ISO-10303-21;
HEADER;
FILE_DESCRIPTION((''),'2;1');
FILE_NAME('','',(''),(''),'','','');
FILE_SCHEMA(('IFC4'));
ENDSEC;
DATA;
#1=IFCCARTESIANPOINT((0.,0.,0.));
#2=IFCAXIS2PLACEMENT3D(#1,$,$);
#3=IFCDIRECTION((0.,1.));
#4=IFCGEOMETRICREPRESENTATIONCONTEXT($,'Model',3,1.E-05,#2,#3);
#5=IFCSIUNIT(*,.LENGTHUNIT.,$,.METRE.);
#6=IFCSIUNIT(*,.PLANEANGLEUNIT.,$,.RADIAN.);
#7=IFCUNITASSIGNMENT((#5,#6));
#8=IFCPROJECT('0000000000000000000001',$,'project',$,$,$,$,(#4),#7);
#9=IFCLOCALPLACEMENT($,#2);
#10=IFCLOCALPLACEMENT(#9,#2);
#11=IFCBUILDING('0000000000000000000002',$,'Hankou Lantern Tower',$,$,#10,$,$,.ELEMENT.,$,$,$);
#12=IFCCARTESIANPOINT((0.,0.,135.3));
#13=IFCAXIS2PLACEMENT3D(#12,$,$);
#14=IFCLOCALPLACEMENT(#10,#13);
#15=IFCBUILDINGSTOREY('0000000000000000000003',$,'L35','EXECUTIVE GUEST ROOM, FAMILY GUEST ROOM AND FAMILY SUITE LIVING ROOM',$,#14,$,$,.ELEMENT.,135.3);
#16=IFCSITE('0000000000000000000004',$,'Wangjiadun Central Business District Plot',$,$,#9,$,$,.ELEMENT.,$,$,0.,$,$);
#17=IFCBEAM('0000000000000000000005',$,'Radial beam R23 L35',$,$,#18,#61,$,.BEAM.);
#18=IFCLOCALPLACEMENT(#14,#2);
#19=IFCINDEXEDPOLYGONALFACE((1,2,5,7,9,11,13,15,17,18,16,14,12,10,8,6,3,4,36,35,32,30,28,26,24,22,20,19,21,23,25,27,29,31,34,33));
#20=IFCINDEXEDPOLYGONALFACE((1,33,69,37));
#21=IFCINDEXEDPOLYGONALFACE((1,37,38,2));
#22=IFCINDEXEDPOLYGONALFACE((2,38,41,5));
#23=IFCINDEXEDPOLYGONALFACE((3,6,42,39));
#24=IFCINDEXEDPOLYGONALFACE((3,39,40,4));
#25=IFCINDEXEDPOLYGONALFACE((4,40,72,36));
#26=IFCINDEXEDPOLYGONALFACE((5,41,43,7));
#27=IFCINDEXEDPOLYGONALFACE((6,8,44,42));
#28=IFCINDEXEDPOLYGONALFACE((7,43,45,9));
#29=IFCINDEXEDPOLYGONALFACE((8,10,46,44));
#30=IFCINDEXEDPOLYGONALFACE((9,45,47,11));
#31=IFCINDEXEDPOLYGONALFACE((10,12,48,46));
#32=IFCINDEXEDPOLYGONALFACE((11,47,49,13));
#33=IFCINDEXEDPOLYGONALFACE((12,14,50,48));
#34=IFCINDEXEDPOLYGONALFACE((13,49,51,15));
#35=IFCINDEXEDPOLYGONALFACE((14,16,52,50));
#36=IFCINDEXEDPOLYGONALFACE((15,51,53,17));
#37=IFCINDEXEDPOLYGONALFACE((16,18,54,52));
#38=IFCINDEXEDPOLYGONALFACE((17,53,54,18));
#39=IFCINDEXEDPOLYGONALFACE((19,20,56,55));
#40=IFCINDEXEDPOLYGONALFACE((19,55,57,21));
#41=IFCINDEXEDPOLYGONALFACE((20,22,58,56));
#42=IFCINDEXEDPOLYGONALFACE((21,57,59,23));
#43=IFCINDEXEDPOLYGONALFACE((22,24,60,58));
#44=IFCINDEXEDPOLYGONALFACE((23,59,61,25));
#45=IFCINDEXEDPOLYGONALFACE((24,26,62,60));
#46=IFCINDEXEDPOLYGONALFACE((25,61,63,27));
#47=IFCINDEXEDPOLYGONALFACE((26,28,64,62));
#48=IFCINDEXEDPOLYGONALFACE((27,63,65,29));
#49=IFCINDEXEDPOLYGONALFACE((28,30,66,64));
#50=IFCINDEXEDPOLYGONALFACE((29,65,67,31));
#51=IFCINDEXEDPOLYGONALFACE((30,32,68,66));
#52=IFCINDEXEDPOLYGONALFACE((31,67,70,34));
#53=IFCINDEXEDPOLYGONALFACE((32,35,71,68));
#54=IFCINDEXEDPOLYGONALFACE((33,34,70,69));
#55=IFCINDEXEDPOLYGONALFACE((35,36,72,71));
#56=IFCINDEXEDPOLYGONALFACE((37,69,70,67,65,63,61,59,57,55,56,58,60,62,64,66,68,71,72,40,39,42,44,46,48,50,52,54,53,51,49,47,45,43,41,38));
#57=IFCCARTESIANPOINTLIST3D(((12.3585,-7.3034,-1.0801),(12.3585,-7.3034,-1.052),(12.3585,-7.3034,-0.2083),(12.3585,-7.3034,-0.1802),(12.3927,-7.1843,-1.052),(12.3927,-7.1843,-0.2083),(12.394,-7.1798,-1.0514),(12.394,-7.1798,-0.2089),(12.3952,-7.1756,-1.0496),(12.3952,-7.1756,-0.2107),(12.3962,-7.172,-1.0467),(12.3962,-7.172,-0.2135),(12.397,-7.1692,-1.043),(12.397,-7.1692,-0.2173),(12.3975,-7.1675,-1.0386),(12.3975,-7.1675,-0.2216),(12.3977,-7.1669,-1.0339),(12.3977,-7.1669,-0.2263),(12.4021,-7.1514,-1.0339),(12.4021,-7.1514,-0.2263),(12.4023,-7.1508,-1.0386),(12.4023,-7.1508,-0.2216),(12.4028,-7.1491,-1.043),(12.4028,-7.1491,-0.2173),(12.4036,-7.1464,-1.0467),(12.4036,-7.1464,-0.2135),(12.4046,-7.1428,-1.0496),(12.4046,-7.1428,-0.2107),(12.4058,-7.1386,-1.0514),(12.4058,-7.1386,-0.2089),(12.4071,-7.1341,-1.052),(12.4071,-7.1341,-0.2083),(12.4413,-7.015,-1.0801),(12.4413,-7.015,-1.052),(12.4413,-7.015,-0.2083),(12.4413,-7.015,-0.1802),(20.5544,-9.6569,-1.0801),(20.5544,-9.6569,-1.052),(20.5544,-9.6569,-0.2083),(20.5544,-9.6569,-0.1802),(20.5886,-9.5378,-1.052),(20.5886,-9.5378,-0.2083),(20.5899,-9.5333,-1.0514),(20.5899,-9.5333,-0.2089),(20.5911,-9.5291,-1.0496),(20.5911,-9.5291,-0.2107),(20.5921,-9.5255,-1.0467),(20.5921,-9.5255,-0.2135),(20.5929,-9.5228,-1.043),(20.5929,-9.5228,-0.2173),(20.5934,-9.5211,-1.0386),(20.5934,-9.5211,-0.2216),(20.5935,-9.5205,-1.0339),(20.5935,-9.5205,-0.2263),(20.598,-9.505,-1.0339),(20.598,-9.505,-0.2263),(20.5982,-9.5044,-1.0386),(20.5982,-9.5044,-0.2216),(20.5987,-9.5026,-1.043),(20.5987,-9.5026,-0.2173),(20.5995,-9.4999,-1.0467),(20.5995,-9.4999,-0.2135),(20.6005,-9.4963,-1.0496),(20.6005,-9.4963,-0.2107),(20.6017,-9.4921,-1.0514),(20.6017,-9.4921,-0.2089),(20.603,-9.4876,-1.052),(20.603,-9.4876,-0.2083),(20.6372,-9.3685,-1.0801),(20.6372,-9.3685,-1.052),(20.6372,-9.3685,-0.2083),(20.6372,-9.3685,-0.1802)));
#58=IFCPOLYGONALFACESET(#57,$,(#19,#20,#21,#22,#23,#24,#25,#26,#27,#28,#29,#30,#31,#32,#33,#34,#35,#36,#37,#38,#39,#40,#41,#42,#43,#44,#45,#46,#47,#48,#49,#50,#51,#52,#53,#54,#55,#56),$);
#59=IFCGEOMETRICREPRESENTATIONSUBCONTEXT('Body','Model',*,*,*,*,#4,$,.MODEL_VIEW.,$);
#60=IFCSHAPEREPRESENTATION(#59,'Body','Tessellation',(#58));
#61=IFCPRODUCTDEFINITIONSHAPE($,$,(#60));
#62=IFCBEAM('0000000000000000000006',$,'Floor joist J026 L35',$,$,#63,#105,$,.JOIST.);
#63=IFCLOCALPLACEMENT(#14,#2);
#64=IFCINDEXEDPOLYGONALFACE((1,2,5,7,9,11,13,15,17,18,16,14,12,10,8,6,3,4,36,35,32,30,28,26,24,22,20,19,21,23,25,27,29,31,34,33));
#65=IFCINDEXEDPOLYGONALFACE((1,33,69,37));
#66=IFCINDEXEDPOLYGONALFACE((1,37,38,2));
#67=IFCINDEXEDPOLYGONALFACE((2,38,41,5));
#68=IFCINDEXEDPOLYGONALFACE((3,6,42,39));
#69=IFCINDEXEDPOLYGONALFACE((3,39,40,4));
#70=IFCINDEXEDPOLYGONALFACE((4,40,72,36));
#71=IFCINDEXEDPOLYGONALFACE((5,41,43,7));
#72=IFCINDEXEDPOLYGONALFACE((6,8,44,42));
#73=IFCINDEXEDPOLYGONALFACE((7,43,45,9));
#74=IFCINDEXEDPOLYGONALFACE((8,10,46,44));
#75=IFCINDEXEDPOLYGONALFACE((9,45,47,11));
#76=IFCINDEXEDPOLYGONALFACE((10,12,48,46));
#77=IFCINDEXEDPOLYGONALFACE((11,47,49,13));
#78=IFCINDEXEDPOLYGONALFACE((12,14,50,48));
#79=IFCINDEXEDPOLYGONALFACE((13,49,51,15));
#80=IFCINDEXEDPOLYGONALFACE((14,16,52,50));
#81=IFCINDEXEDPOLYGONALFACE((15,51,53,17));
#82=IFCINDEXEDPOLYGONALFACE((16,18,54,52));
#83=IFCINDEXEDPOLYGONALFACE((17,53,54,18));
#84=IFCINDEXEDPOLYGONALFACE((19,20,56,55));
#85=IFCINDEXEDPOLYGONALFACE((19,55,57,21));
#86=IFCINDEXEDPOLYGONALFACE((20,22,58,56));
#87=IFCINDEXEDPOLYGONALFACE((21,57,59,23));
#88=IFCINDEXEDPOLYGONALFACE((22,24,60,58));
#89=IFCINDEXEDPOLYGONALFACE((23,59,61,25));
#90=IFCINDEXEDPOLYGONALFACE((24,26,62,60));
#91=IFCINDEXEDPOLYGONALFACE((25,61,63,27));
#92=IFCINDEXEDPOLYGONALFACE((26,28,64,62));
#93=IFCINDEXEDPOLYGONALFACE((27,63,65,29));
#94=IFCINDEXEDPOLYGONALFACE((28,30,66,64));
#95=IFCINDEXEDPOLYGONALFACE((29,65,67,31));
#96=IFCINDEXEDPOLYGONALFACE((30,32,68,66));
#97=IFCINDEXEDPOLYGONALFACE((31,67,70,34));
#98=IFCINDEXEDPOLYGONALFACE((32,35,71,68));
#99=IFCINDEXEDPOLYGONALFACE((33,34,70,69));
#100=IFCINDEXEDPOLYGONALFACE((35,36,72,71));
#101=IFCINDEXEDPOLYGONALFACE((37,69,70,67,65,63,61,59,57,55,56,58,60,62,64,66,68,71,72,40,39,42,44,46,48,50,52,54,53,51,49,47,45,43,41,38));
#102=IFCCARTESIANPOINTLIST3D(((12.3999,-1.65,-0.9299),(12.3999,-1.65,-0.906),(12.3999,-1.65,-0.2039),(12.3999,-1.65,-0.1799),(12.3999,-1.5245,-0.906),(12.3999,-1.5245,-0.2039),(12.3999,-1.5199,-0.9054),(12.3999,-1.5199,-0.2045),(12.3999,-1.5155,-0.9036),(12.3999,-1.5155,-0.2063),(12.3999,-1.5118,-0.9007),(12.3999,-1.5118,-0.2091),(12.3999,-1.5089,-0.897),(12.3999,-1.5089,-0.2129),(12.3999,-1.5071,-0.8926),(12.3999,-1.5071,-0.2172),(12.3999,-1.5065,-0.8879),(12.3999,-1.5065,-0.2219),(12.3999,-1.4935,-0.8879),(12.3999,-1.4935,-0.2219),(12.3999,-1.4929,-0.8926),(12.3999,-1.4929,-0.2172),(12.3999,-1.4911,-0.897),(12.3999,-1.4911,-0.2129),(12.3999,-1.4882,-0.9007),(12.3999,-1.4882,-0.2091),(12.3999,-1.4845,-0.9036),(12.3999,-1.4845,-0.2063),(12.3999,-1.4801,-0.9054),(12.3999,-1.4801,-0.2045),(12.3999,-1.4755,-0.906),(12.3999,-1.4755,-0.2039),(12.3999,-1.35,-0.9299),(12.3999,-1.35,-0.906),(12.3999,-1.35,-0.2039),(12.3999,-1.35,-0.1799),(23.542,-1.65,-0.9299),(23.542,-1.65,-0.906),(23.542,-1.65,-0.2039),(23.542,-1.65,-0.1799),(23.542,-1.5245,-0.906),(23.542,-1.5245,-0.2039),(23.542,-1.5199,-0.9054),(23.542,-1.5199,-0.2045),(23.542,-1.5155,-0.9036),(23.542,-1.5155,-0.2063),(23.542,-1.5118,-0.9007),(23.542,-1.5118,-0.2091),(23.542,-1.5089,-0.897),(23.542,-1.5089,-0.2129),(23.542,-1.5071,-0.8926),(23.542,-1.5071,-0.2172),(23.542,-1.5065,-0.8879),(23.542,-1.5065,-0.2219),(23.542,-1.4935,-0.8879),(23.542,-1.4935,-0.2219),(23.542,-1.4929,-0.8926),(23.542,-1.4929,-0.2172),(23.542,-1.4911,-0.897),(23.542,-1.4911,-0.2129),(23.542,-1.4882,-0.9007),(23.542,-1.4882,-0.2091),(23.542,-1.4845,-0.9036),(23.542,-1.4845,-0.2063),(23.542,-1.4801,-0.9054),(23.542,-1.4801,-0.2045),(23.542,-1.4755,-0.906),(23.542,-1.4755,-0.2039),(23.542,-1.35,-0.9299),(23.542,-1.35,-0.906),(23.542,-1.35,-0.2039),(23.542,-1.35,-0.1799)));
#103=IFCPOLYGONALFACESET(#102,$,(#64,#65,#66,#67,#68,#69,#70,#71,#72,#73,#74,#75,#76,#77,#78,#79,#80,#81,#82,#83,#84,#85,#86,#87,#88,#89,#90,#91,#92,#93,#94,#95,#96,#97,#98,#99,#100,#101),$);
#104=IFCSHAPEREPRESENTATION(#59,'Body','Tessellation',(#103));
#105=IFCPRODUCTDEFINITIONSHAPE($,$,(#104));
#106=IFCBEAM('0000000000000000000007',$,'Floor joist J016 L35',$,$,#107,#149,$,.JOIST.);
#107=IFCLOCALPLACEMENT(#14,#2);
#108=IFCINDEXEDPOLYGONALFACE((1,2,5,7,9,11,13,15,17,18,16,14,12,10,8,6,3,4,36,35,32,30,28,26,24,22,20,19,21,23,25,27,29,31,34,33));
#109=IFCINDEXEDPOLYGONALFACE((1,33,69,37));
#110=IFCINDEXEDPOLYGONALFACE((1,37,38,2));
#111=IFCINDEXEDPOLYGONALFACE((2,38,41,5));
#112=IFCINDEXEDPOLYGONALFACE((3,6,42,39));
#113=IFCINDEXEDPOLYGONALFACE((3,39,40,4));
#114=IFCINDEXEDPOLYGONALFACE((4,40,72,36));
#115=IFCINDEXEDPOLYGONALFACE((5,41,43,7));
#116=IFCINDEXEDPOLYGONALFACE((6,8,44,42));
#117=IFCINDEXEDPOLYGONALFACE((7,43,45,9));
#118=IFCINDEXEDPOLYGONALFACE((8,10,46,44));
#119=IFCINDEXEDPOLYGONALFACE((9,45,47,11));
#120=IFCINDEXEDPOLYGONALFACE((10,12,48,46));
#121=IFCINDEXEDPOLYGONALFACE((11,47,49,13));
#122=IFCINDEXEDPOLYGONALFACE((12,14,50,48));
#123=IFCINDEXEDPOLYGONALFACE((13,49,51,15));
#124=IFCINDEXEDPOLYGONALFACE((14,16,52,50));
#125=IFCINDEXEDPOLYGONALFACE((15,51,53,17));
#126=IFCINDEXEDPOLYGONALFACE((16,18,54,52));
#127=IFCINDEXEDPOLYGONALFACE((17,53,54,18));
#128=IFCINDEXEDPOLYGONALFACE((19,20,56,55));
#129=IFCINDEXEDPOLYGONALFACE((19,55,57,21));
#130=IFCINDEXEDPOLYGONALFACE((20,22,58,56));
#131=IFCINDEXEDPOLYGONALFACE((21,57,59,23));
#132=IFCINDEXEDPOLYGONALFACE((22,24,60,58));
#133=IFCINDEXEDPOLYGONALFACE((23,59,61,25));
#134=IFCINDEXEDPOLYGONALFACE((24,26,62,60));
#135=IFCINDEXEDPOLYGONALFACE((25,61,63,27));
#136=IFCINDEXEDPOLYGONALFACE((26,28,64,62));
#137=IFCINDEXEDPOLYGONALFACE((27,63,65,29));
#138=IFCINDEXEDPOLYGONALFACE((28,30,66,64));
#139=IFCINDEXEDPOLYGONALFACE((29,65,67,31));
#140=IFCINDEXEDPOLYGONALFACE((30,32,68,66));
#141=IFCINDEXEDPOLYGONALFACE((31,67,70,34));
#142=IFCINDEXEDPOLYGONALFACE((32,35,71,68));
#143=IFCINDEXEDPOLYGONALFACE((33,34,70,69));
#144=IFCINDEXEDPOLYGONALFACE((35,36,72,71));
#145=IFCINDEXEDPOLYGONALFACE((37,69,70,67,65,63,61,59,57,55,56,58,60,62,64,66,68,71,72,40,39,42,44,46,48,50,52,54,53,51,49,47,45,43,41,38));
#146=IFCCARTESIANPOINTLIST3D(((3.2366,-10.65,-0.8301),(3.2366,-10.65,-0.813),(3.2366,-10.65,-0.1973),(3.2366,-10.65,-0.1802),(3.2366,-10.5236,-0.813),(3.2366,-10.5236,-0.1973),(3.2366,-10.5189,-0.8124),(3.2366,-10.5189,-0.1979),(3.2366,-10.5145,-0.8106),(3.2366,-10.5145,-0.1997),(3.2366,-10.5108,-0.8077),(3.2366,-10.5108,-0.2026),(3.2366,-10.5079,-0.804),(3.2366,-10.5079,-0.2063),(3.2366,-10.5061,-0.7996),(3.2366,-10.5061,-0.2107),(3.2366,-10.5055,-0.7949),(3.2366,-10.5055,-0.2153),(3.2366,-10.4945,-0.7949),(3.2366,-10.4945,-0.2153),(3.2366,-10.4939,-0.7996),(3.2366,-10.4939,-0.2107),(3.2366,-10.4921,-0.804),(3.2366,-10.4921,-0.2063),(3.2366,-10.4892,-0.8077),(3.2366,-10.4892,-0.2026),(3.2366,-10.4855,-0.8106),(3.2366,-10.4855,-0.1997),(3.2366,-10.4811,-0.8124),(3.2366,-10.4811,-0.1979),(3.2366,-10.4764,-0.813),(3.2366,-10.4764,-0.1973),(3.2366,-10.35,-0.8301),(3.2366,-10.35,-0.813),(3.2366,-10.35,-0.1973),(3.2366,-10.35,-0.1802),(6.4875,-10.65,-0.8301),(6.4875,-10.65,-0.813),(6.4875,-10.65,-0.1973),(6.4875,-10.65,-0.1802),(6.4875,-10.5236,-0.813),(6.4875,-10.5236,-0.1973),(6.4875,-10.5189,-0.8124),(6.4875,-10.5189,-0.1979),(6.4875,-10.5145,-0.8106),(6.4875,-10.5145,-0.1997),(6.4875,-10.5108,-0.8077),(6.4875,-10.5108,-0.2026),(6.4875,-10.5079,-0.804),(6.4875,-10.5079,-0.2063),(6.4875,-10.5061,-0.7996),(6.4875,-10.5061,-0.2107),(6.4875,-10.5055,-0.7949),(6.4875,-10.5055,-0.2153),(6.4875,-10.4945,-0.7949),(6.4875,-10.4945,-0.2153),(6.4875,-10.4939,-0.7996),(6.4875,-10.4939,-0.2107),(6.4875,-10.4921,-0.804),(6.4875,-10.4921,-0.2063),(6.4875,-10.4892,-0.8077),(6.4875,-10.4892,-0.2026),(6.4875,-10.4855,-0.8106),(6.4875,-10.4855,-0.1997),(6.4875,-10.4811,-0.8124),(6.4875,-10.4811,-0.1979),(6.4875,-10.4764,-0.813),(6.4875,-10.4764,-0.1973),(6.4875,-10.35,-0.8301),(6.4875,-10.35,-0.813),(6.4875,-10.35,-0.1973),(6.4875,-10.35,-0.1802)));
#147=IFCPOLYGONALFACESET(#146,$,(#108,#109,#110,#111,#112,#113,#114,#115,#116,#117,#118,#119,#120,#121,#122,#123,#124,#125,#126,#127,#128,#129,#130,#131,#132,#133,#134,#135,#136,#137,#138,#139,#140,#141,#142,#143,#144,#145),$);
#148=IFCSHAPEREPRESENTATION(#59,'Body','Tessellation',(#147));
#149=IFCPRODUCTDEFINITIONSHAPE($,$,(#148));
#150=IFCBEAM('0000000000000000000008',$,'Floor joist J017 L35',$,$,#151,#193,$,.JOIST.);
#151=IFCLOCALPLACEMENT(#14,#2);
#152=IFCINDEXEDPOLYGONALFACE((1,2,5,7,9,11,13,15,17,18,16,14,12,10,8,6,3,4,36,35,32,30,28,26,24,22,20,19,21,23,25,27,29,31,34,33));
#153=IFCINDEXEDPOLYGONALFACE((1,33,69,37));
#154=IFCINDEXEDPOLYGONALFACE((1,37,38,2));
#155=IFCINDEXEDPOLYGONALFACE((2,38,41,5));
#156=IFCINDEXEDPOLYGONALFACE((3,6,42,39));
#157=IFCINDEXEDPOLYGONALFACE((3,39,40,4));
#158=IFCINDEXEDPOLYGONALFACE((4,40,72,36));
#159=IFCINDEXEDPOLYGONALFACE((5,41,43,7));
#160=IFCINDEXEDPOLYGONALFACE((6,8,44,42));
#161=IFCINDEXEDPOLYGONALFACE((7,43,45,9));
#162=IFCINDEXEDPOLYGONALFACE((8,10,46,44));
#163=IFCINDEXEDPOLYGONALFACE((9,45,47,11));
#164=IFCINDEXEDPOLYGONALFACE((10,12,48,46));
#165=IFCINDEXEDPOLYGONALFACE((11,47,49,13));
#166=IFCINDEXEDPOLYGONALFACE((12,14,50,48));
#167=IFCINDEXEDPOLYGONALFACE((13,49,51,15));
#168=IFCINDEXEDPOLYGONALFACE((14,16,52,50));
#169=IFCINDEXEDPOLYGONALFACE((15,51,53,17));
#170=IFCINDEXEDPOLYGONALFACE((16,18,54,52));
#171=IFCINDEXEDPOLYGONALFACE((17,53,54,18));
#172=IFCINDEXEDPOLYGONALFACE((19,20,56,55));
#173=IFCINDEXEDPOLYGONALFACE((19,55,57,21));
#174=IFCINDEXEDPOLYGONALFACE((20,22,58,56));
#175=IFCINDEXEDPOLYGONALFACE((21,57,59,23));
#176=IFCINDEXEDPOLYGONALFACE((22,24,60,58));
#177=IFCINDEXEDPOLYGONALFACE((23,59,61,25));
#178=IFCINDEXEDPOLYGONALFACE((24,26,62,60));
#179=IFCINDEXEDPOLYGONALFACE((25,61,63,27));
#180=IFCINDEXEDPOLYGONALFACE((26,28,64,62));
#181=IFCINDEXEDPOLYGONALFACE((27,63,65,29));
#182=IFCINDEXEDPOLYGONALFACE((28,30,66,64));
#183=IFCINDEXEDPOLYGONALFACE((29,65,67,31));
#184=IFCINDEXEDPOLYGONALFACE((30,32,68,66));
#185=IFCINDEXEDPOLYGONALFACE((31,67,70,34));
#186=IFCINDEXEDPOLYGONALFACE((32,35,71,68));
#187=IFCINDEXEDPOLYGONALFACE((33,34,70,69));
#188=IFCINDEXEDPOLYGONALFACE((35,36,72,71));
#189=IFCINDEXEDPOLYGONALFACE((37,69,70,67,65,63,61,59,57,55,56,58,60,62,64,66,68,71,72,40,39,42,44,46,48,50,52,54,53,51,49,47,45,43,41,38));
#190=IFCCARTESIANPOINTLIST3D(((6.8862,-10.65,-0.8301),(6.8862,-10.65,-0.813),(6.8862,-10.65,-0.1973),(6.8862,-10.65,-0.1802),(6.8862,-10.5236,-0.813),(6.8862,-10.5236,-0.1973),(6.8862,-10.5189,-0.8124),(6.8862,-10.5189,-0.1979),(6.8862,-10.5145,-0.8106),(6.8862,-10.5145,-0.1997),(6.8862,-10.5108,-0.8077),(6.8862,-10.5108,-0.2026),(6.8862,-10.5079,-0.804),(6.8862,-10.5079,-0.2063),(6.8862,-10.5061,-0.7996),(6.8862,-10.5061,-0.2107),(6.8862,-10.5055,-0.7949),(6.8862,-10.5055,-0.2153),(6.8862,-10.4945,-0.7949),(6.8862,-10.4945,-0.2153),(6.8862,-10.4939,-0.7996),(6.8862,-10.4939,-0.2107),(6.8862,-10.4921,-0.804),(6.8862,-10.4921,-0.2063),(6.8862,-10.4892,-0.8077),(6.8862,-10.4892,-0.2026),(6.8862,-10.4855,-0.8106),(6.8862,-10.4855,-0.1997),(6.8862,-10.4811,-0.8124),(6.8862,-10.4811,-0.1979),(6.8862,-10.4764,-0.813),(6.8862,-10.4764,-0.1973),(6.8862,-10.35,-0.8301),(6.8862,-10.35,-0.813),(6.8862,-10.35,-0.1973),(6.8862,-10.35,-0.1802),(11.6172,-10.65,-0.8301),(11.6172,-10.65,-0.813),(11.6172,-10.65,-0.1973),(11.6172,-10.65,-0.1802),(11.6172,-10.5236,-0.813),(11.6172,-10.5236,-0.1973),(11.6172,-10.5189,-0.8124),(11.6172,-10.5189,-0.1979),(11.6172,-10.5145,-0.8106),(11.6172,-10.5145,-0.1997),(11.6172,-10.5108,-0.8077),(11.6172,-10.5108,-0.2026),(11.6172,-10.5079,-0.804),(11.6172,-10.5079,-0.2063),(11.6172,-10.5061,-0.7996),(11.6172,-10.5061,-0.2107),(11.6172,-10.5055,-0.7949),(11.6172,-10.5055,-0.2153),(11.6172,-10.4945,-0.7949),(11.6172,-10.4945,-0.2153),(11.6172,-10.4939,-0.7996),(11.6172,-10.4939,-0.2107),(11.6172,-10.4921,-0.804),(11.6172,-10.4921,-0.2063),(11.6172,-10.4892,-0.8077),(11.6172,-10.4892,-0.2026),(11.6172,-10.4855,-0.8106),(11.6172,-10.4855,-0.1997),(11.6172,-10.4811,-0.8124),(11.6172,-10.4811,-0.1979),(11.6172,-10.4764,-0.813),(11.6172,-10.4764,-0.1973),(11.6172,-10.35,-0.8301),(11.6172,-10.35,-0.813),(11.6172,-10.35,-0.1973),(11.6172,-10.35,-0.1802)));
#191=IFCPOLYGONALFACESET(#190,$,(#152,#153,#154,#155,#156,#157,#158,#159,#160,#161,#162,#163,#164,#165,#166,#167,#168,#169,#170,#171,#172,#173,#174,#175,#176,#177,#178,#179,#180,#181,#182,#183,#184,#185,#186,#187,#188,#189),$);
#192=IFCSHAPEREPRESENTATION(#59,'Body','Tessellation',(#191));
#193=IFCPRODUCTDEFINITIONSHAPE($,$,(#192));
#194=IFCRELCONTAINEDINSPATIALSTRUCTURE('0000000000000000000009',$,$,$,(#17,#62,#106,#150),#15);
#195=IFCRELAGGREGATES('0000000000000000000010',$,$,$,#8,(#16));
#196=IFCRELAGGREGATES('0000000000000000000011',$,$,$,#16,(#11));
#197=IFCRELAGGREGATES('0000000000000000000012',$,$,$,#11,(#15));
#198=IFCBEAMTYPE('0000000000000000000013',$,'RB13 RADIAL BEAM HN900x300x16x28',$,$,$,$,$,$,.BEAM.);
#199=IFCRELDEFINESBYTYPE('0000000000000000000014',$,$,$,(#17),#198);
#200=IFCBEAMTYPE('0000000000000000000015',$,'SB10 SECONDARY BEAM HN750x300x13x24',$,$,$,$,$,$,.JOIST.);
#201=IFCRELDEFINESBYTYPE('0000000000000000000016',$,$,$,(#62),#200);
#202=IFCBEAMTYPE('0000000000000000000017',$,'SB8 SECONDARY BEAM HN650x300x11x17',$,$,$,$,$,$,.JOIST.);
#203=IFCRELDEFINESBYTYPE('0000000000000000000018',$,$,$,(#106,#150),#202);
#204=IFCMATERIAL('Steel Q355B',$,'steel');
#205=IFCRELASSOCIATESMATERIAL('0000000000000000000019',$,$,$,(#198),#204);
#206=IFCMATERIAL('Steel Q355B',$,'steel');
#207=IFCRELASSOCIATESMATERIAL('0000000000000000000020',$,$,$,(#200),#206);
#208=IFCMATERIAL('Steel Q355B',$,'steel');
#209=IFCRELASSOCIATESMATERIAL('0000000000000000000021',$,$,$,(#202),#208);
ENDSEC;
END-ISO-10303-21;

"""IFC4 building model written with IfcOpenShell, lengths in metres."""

from ifc_helpers import new_model, si_unit, direction, frame, origin, origin_2d, place, context, subcontext, project, spatial, i_section, extrude, material, material_profile, profile_set, type_object, element, save


model = new_model("IFC4")

# Units and contexts
model_context = context("Model", 3, precision=1e-05, world=origin(), true_north=direction((0.0, 1.0)))
body_context = subcontext(model_context, "Body", "Model", "MODEL_VIEW")
ifc_project = project(units=[si_unit("LENGTHUNIT", "METRE"), si_unit("PLANEANGLEUNIT", "RADIAN")], contexts=[model_context])

# Site, building, storey
site_placement = place(None, origin())
site = spatial("IfcSite", under=ifc_project, at=site_placement, Name="Wangjiadun Central Business District Plot", CompositionType="ELEMENT", RefElevation=0.0)
building_placement = place(site_placement, origin())
building = spatial("IfcBuilding", under=site, at=building_placement, Name="Hankou Lantern Tower", CompositionType="ELEMENT")
storey_placement = place(building_placement, frame((0.0, 0.0, 135.3)))
storey = spatial("IfcBuildingStorey", under=building, at=storey_placement, Name="L35", Description="EXECUTIVE GUEST ROOM, FAMILY GUEST ROOM AND FAMILY SUITE LIVING ROOM", CompositionType="ELEMENT", Elevation=135.3)

# Beams
ifc_material_1 = material(Name="Steel Q355B", Category="steel")
ifc_material_profile_1 = material_profile(ifc_material_1, i_section(OverallWidth=0.3, OverallDepth=0.8999, WebThickness=0.0161, FlangeThickness=0.0281, FilletRadius=0.0181, at=origin_2d()), Name="HN900x300x16x28")
ifc_profile_set_1 = profile_set([ifc_material_profile_1], Name="Steel Q355B")
beam_type_1 = type_object("IfcBeamType", Name="RB13 RADIAL BEAM HN900x300x16x28", PredefinedType="BEAM", material=ifc_profile_set_1)
beam_1_placement = place(storey_placement, frame((12.3999, -7.1592, -0.6301), z_axis=(0.961156, -0.276007, 0.0), x_axis=(0.276007, 0.961156, 0.0)))
element("IfcBeam", 1, at=beam_1_placement, inside=storey, type_object=beam_type_1, Name="Radial beam R23 L35", PredefinedType="BEAM", context=body_context, shape_type="SweptSolid", body=[
    extrude(i_section(OverallWidth=0.3, OverallDepth=0.8999, WebThickness=0.0161, FlangeThickness=0.0281, FilletRadius=0.0181, at=origin_2d()), origin(), (0.0, 0.0, 1.0), 8.5271),
])
ifc_material_2 = material(Name="Steel Q355B", Category="steel")
ifc_material_profile_2 = material_profile(ifc_material_2, i_section(OverallWidth=0.3, OverallDepth=0.75, WebThickness=0.0129, FlangeThickness=0.0239, FilletRadius=0.0181, at=origin_2d()), Name="HN750x300x13x24")
ifc_profile_set_2 = profile_set([ifc_material_profile_2], Name="Steel Q355B")
beam_type_2 = type_object("IfcBeamType", Name="SB10 SECONDARY BEAM HN750x300x13x24", PredefinedType="JOIST", material=ifc_profile_set_2)
beam_2_placement = place(storey_placement, frame((12.3999, -1.5, -0.5549), z_axis=(1.0, 0.0, 0.0), x_axis=(0.0, 1.0, 0.0)))
element("IfcBeam", 2, at=beam_2_placement, inside=storey, type_object=beam_type_2, Name="Floor joist J026 L35", PredefinedType="JOIST", context=body_context, shape_type="SweptSolid", body=[
    extrude(i_section(OverallWidth=0.3, OverallDepth=0.75, WebThickness=0.0129, FlangeThickness=0.0239, FilletRadius=0.0181, at=origin_2d()), origin(), (0.0, 0.0, 1.0), 11.1421),
])
ifc_material_3 = material(Name="Steel Q355B", Category="steel")
ifc_material_profile_3 = material_profile(ifc_material_3, i_section(OverallWidth=0.3, OverallDepth=0.6499, WebThickness=0.011, FlangeThickness=0.0171, FilletRadius=0.0181, at=origin_2d()), Name="HN650x300x11x17")
ifc_profile_set_3 = profile_set([ifc_material_profile_3], Name="Steel Q355B")
beam_type_3 = type_object("IfcBeamType", Name="SB8 SECONDARY BEAM HN650x300x11x17", PredefinedType="JOIST", material=ifc_profile_set_3)
beam_3_placement = place(storey_placement, frame((3.2366, -10.5, -0.5051), z_axis=(1.0, 0.0, 0.0), x_axis=(0.0, 1.0, 0.0)))
element("IfcBeam", 3, at=beam_3_placement, inside=storey, type_object=beam_type_3, Name="Floor joist J016 L35", PredefinedType="JOIST", context=body_context, shape_type="SweptSolid", body=[
    extrude(i_section(OverallWidth=0.3, OverallDepth=0.6499, WebThickness=0.011, FlangeThickness=0.0171, FilletRadius=0.0181, at=origin_2d()), origin(), (0.0, 0.0, 1.0), 3.251),
])
beam_4_placement = place(storey_placement, frame((6.8862, -10.5, -0.5051), z_axis=(1.0, 0.0, 0.0), x_axis=(0.0, 1.0, 0.0)))
element("IfcBeam", 4, at=beam_4_placement, inside=storey, type_object=beam_type_3, Name="Floor joist J017 L35", PredefinedType="JOIST", context=body_context, shape_type="SweptSolid", body=[
    extrude(i_section(OverallWidth=0.3, OverallDepth=0.6499, WebThickness=0.011, FlangeThickness=0.0171, FilletRadius=0.0181, at=origin_2d()), origin(), (0.0, 0.0, 1.0), 4.731),
])

save(model, "model.ifc")
